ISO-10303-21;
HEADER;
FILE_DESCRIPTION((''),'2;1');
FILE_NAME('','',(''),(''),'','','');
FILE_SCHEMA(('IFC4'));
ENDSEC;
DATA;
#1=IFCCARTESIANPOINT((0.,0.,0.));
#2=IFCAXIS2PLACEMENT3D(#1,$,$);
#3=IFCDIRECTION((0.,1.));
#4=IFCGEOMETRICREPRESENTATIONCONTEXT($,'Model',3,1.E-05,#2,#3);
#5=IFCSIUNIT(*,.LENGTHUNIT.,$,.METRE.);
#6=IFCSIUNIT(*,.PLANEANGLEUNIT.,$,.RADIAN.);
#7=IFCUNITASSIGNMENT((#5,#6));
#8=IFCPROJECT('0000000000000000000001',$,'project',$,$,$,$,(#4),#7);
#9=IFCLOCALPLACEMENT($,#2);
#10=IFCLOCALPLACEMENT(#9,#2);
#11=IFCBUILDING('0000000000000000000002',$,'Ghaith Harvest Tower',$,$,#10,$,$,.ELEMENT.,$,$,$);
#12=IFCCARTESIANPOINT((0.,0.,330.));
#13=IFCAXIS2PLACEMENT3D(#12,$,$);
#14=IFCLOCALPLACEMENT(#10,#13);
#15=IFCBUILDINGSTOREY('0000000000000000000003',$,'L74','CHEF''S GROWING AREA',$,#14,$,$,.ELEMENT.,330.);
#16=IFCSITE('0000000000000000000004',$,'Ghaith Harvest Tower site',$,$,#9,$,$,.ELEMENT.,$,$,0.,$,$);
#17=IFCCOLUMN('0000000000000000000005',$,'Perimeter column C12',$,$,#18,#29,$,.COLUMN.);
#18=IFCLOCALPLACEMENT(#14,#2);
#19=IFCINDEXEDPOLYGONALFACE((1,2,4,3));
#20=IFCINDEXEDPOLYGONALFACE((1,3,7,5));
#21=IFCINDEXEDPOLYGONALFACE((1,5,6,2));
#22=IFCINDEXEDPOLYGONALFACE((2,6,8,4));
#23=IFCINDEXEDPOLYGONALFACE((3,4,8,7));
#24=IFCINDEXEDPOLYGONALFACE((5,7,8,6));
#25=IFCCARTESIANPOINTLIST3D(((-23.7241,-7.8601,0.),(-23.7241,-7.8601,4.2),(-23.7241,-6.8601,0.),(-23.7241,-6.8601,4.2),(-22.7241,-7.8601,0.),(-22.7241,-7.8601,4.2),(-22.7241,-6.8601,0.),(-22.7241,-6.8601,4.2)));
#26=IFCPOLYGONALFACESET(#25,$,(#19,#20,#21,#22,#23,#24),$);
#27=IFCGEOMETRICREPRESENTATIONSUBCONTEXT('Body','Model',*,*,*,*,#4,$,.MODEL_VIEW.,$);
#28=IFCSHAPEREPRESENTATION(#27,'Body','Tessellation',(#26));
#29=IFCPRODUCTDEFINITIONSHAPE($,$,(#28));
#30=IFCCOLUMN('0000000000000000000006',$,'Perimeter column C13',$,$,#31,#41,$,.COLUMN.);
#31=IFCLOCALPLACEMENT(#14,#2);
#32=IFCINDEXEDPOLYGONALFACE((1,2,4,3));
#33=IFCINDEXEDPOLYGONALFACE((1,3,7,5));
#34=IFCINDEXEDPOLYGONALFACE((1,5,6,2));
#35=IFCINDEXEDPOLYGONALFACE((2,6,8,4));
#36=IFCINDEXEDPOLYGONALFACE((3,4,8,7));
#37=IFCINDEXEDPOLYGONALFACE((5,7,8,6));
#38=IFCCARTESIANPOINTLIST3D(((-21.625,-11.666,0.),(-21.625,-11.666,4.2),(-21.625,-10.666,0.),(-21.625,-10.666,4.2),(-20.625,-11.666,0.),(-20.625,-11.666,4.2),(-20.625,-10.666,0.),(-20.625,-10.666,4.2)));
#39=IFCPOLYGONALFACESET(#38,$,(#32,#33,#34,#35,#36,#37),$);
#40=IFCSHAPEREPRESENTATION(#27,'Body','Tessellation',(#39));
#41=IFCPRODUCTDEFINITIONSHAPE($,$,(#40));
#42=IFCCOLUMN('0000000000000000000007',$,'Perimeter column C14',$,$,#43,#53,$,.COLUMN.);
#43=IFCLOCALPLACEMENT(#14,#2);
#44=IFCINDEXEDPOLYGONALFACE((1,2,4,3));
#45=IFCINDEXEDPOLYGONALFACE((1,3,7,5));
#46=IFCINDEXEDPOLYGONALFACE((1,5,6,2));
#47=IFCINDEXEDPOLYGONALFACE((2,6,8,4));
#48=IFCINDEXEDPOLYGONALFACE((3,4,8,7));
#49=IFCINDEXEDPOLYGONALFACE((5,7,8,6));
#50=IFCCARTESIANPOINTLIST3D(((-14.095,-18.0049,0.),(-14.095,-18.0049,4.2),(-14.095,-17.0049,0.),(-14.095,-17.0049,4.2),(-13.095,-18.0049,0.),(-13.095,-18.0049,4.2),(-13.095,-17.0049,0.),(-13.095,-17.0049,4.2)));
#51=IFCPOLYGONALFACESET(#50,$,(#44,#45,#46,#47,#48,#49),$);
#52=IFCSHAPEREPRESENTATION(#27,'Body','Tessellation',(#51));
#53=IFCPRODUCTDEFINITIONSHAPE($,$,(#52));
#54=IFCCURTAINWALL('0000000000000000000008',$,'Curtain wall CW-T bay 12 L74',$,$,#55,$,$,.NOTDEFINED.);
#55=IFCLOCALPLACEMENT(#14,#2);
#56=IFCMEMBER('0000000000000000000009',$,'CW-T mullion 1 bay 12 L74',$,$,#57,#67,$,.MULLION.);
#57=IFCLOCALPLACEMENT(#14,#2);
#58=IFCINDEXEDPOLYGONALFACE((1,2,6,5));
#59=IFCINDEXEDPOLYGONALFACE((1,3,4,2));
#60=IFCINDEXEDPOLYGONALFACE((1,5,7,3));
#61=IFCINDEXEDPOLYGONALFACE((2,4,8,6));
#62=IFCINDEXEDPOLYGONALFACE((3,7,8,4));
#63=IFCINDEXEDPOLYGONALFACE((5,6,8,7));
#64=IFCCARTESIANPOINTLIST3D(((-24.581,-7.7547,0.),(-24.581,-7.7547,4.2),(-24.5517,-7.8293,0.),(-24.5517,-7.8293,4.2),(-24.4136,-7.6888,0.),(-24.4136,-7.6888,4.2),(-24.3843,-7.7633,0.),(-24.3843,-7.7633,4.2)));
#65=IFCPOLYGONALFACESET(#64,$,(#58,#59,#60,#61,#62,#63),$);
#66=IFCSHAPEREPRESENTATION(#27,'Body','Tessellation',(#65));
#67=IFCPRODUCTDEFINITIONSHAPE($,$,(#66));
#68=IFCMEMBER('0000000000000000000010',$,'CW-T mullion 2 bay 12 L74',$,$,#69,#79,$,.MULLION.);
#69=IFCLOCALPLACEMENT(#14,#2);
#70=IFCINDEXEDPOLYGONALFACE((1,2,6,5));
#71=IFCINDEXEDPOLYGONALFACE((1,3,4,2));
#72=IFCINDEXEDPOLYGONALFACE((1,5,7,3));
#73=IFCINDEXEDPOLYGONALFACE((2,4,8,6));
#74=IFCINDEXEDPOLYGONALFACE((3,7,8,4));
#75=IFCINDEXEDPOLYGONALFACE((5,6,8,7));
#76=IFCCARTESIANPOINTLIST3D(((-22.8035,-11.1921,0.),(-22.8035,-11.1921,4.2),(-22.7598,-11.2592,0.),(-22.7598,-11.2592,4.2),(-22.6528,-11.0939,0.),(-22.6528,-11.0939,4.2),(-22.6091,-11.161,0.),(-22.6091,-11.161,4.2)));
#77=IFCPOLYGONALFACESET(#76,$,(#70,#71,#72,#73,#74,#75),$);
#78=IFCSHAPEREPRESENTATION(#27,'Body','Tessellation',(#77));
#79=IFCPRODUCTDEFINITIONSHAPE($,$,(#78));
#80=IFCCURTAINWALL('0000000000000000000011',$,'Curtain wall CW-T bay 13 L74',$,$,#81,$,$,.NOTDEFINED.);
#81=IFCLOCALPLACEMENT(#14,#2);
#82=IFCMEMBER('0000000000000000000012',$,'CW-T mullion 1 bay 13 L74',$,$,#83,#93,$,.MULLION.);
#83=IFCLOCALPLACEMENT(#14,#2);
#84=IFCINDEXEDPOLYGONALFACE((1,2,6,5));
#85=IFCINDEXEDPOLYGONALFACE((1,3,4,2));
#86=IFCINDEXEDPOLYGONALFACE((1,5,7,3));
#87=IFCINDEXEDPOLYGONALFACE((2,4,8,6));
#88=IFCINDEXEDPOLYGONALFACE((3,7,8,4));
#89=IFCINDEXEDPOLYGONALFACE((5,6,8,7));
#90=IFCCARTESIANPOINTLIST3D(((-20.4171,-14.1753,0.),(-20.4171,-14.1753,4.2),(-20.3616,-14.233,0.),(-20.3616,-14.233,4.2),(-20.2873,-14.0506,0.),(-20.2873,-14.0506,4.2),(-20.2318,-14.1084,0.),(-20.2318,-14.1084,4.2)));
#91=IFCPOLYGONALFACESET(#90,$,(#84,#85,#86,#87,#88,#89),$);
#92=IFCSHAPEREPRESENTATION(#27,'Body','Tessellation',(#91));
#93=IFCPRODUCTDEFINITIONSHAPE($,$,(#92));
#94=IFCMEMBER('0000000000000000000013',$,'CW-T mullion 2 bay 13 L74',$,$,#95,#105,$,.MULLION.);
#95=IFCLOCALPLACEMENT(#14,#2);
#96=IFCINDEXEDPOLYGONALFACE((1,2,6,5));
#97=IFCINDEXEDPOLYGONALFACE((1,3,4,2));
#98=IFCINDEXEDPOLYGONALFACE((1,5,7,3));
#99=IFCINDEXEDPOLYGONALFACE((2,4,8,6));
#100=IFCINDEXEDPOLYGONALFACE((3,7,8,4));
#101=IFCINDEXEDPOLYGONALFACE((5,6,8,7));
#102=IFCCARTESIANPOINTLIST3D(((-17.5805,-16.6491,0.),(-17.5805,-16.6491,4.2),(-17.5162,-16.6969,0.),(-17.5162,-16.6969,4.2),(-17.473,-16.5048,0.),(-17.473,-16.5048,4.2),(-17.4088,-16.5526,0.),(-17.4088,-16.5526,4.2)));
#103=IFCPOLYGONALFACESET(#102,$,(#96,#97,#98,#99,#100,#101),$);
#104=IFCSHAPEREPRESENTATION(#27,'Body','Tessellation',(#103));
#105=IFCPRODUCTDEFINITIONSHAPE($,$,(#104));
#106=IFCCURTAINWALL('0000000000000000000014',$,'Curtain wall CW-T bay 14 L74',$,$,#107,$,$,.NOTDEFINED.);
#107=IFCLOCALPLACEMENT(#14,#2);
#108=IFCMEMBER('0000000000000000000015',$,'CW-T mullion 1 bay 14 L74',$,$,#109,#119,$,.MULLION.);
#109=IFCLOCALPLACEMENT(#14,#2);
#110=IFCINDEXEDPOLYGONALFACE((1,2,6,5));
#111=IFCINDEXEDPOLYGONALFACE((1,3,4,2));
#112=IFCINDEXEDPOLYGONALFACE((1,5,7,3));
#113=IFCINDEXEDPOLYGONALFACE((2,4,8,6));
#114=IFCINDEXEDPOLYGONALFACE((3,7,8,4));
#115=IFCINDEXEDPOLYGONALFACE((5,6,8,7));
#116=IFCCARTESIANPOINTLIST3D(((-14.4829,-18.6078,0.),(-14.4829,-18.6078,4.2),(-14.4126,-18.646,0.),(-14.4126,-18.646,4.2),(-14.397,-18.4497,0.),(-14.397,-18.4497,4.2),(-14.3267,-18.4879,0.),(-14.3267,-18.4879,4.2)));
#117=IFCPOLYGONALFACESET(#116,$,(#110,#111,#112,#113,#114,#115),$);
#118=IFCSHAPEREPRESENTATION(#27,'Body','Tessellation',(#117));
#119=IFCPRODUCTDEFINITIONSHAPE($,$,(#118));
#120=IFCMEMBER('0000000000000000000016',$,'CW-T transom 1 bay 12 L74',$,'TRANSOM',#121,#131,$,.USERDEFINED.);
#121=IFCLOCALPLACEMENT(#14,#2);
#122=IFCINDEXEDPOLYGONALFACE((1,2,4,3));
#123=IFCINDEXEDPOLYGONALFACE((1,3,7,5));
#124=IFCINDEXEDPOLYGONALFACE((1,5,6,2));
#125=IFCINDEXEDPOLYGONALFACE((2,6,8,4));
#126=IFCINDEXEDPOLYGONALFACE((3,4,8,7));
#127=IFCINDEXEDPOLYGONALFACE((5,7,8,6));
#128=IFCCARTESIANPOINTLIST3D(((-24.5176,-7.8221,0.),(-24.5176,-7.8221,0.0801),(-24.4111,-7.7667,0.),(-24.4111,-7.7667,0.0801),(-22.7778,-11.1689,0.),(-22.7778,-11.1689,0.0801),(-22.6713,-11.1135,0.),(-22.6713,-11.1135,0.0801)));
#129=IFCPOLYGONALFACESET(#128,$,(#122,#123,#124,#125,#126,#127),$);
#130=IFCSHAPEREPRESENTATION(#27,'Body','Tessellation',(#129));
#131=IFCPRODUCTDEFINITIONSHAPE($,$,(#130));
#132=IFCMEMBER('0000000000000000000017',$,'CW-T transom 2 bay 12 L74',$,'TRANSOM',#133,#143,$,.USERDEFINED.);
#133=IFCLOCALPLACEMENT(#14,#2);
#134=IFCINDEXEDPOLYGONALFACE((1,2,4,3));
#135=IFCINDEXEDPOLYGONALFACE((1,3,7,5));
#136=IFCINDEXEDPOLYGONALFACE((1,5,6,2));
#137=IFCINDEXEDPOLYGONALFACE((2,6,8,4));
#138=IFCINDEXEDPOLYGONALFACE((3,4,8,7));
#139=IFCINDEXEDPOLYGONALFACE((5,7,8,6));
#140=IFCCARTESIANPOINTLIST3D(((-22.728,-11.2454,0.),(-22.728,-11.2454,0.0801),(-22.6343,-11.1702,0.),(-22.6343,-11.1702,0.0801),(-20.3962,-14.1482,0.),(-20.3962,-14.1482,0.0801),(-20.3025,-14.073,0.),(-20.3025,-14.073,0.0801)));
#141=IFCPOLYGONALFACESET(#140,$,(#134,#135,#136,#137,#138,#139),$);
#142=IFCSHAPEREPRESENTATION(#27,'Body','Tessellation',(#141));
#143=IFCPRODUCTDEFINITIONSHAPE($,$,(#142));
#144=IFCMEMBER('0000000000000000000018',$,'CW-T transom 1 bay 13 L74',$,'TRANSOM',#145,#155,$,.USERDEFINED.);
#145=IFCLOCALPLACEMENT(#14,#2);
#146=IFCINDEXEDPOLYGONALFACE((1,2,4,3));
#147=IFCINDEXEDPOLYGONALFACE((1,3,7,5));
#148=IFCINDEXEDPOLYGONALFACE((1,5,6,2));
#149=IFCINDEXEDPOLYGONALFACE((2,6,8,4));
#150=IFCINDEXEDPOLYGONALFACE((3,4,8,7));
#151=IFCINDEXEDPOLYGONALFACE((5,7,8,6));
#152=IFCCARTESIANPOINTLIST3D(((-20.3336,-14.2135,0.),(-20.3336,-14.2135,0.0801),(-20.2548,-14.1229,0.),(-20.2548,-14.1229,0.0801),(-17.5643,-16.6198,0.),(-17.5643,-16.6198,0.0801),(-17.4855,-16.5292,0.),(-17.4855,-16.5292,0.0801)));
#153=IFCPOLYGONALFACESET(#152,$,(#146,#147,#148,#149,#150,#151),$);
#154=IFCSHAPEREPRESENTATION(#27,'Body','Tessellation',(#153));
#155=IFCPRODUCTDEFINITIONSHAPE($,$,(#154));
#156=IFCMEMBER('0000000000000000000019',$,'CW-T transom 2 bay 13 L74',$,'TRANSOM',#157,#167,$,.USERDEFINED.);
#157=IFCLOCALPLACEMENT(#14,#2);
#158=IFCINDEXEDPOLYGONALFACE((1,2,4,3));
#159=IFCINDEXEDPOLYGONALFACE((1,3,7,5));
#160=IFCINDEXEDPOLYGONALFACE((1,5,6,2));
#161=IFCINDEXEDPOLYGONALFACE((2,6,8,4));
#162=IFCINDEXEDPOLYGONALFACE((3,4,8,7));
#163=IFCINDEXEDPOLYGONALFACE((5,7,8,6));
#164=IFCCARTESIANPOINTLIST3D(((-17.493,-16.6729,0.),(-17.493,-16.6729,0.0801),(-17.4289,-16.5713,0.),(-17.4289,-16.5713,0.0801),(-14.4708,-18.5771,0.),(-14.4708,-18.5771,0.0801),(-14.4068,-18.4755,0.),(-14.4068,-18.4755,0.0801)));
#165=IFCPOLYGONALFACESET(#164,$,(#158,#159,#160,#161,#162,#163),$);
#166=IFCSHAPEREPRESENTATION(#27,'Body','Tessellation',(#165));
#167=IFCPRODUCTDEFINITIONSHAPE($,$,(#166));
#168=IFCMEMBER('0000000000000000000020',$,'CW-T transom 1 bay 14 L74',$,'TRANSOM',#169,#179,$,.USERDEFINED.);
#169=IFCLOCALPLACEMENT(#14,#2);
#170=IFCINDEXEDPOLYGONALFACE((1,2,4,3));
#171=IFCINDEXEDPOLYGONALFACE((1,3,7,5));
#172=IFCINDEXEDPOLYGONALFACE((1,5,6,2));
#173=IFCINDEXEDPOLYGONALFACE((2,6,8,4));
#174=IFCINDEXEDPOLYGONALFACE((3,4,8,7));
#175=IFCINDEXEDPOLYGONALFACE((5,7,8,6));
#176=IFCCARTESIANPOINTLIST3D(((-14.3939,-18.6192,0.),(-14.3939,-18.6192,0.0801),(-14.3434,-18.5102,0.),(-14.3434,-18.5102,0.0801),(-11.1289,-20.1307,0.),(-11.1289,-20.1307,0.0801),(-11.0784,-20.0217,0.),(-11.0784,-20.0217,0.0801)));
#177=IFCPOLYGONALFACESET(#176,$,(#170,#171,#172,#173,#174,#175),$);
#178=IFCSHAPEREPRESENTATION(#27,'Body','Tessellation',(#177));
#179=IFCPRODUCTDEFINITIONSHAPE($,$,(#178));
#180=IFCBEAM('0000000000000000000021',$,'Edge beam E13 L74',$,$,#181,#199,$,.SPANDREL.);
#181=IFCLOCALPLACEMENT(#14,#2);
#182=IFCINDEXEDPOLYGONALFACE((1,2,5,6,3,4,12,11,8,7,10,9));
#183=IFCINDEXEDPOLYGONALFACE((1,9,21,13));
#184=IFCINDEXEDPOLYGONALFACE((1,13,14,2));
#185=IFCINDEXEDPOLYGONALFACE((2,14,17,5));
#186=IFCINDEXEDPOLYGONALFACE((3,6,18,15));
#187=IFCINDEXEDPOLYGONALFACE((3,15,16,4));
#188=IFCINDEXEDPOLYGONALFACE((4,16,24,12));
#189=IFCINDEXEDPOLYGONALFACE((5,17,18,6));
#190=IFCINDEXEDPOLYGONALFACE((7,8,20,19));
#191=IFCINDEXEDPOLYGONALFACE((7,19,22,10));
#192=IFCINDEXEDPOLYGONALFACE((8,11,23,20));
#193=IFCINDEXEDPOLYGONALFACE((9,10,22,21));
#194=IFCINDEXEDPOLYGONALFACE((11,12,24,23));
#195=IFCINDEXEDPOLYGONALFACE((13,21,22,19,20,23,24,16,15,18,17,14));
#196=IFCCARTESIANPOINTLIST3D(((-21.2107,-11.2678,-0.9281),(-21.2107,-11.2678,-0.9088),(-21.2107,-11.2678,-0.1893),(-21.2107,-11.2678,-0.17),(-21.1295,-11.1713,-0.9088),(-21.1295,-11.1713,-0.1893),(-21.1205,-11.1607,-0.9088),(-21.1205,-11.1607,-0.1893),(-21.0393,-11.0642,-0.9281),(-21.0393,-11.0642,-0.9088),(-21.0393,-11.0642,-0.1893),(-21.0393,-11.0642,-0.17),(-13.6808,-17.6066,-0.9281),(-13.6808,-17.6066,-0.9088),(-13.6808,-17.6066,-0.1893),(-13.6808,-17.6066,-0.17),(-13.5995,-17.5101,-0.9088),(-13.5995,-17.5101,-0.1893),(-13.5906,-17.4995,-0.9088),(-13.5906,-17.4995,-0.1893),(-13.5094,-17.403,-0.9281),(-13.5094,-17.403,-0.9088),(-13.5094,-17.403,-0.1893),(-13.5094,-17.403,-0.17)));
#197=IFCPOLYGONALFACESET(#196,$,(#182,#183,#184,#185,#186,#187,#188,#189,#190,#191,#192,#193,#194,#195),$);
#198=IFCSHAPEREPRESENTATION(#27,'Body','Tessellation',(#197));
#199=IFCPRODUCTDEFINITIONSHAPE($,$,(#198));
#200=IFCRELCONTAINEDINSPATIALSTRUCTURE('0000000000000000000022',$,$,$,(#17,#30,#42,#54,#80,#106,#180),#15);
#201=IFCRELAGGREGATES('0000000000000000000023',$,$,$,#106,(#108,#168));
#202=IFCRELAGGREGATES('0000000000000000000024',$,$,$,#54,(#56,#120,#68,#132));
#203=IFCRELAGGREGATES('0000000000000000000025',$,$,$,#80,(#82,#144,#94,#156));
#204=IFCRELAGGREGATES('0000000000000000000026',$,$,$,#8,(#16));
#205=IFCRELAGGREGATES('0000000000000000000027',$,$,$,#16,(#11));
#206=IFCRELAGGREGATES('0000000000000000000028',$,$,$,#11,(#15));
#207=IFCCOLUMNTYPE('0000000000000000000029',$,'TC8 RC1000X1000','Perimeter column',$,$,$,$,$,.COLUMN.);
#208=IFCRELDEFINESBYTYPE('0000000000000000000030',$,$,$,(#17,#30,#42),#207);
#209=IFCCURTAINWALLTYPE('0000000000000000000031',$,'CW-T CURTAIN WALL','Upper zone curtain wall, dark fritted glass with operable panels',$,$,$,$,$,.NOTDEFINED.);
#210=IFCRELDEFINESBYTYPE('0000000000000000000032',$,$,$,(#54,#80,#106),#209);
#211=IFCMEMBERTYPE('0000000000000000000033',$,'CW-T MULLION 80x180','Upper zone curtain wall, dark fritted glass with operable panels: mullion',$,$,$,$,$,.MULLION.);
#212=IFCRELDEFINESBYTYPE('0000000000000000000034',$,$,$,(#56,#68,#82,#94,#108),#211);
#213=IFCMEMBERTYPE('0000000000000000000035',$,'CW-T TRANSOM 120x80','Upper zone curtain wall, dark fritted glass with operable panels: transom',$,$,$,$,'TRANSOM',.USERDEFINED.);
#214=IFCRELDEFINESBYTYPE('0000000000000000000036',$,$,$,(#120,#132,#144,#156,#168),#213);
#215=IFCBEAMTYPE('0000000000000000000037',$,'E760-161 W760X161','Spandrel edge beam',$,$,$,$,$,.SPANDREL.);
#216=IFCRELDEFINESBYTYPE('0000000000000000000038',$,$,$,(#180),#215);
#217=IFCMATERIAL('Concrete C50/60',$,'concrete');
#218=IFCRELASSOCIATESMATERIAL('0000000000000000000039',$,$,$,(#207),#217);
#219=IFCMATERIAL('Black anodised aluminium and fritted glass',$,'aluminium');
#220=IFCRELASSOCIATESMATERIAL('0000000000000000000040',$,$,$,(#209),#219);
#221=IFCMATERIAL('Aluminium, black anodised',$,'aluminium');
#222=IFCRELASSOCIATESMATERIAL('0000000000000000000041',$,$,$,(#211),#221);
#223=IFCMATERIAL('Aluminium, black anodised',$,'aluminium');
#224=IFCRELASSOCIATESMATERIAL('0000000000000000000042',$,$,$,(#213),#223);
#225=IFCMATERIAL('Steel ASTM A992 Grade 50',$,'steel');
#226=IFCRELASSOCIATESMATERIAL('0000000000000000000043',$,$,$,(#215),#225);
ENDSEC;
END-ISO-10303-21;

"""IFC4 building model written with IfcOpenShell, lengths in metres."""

from ifc_helpers import new_model, si_unit, direction, frame, origin, origin_2d, place, context, subcontext, project, spatial, rectangle, i_section, extrude, material, material_profile, profile_set, type_object, element, aggregate, save


model = new_model("IFC4")

# Units and contexts
model_context = context("Model", 3, precision=1e-05, world=origin(), true_north=direction((0.0, 1.0)))
body_context = subcontext(model_context, "Body", "Model", "MODEL_VIEW")
ifc_project = project(units=[si_unit("LENGTHUNIT", "METRE"), si_unit("PLANEANGLEUNIT", "RADIAN")], contexts=[model_context])

# Site, building, storey
site_placement = place(None, origin())
site = spatial("IfcSite", under=ifc_project, at=site_placement, Name="Ghaith Harvest Tower site", CompositionType="ELEMENT", RefElevation=0.0)
building_placement = place(site_placement, origin())
building = spatial("IfcBuilding", under=site, at=building_placement, Name="Ghaith Harvest Tower", CompositionType="ELEMENT")
storey_placement = place(building_placement, frame((0.0, 0.0, 330.0)))
storey = spatial("IfcBuildingStorey", under=building, at=storey_placement, Name="L74", Description="CHEF'S GROWING AREA", CompositionType="ELEMENT", Elevation=330.0)

# Columns
ifc_material_1 = material(Name="Concrete C50/60", Category="concrete")
ifc_material_profile_1 = material_profile(ifc_material_1, rectangle(XDim=1.0, YDim=1.0, at=origin_2d()), Name="RC1000X1000")
ifc_profile_set_1 = profile_set([ifc_material_profile_1], Name="Concrete C50/60")
column_type = type_object("IfcColumnType", Name="TC8 RC1000X1000", Description="Perimeter column", PredefinedType="COLUMN", material=ifc_profile_set_1)
for number, where, z_axis, x_axis, name in (
    (1, (-23.2241, -7.3601, 0.0), (0.0, 0.0, 1.0), (1.0, 0.0, 0.0), "Perimeter column C12"),
    (2, (-21.125, -11.166, 0.0), (0.0, 0.0, 1.0), (1.0, 0.0, 0.0), "Perimeter column C13"),
    (3, (-13.595, -17.5049, 0.0), (0.0, 0.0, 1.0), (1.0, 0.0, 0.0), "Perimeter column C14"),
):
    element("IfcColumn", number, at=place(storey_placement, frame(where, z_axis=z_axis, x_axis=x_axis)), inside=storey, type_object=column_type, Name=name, PredefinedType="COLUMN", context=body_context, shape_type="SweptSolid", body=[
        extrude(rectangle(XDim=1.0, YDim=1.0, at=origin_2d()), origin(), (0.0, 0.0, 1.0), 4.2),
    ])

# Curtain walls, members
ifc_material_2 = material(Name="Black anodised aluminium and fritted glass", Category="aluminium")
curtain_wall_type = type_object("IfcCurtainWallType", Name="CW-T CURTAIN WALL", Description="Upper zone curtain wall, dark fritted glass with operable panels", PredefinedType="NOTDEFINED", material=ifc_material_2)
curtain_wall_1_placement = place(storey_placement, origin())
curtain_wall_1 = element("IfcCurtainWall", 4, at=curtain_wall_1_placement, inside=storey, type_object=curtain_wall_type, Name="Curtain wall CW-T bay 12 L74", PredefinedType="NOTDEFINED")
ifc_material_3 = material(Name="Aluminium, black anodised", Category="aluminium")
ifc_material_profile_2 = material_profile(ifc_material_3, rectangle(XDim=0.0801, YDim=0.1799, at=origin_2d()), Name="CW-T MULLION 80x180")
ifc_profile_set_2 = profile_set([ifc_material_profile_2], Name="Aluminium, black anodised")
member_type_1 = type_object("IfcMemberType", Name="CW-T MULLION 80x180", Description="Upper zone curtain wall, dark fritted glass with operable panels: mullion", PredefinedType="MULLION", material=ifc_profile_set_2)
member_1_placement = place(storey_placement, frame((-24.4827, -7.759, 0.0), z_axis=(0.0, 0.0, 1.0), x_axis=(0.366473, -0.930429, 0.0)))
member_1 = element("IfcMember", 5, at=member_1_placement, type_object=member_type_1, Name="CW-T mullion 1 bay 12 L74", PredefinedType="MULLION", context=body_context, shape_type="SweptSolid", body=[
    extrude(rectangle(XDim=0.0801, YDim=0.1799, at=origin_2d()), origin(), (0.0, 0.0, 1.0), 4.2),
])
member_2_placement = place(storey_placement, frame((-22.7063, -11.1765, 0.0), z_axis=(0.0, 0.0, 1.0), x_axis=(0.545865, -0.837873, 0.0)))
member_2 = element("IfcMember", 6, at=member_2_placement, type_object=member_type_1, Name="CW-T mullion 2 bay 12 L74", PredefinedType="MULLION", context=body_context, shape_type="SweptSolid", body=[
    extrude(rectangle(XDim=0.0801, YDim=0.1799, at=origin_2d()), origin(), (0.0, 0.0, 1.0), 4.2),
])
curtain_wall_2_placement = place(storey_placement, origin())
curtain_wall_2 = element("IfcCurtainWall", 7, at=curtain_wall_2_placement, inside=storey, type_object=curtain_wall_type, Name="Curtain wall CW-T bay 13 L74", PredefinedType="NOTDEFINED")
member_3_placement = place(storey_placement, frame((-20.3245, -14.1418, 0.0), z_axis=(0.0, 0.0, 1.0), x_axis=(0.692826, -0.721104, 0.0)))
member_3 = element("IfcMember", 8, at=member_3_placement, type_object=member_type_1, Name="CW-T mullion 1 bay 13 L74", PredefinedType="MULLION", context=body_context, shape_type="SweptSolid", body=[
    extrude(rectangle(XDim=0.0801, YDim=0.1799, at=origin_2d()), origin(), (0.0, 0.0, 1.0), 4.2),
])
member_4_placement = place(storey_placement, frame((-17.4946, -16.6008, 0.0), z_axis=(0.0, 0.0, 1.0), x_axis=(0.80219, -0.597069, 0.0)))
member_4 = element("IfcMember", 9, at=member_4_placement, type_object=member_type_1, Name="CW-T mullion 2 bay 13 L74", PredefinedType="MULLION", context=body_context, shape_type="SweptSolid", body=[
    extrude(rectangle(XDim=0.0801, YDim=0.1799, at=origin_2d()), origin(), (0.0, 0.0, 1.0), 4.2),
])

# Curtain wall, member
curtain_wall_3_placement = place(storey_placement, origin())
curtain_wall_3 = element("IfcCurtainWall", 10, at=curtain_wall_3_placement, inside=storey, type_object=curtain_wall_type, Name="Curtain wall CW-T bay 14 L74", PredefinedType="NOTDEFINED")
member_5_placement = place(storey_placement, frame((-14.4048, -18.5479, 0.0), z_axis=(0.0, 0.0, 1.0), x_axis=(0.878672, -0.477426, 0.0)))
member_5 = element("IfcMember", 11, at=member_5_placement, type_object=member_type_1, Name="CW-T mullion 1 bay 14 L74", PredefinedType="MULLION", context=body_context, shape_type="SweptSolid", body=[
    extrude(rectangle(XDim=0.0801, YDim=0.1799, at=origin_2d()), origin(), (0.0, 0.0, 1.0), 4.2),
])

# Members
ifc_material_4 = material(Name="Aluminium, black anodised", Category="aluminium")
ifc_material_profile_3 = material_profile(ifc_material_4, rectangle(XDim=0.1201, YDim=0.0801, at=origin_2d()), Name="CW-T TRANSOM 120x80")
ifc_profile_set_3 = profile_set([ifc_material_profile_3], Name="Aluminium, black anodised")
member_type_2 = type_object("IfcMemberType", Name="CW-T TRANSOM 120x80", Description="Upper zone curtain wall, dark fritted glass with operable panels: transom", ElementType="TRANSOM", PredefinedType="USERDEFINED", material=ifc_profile_set_3)
member_6_placement = place(storey_placement, frame((-24.4644, -7.7944, 0.04), z_axis=(0.461243, -0.887274, 0.0), x_axis=(0.887274, 0.461243, 0.0)))
member_6 = element("IfcMember", 12, at=member_6_placement, type_object=member_type_2, Name="CW-T transom 1 bay 12 L74", ObjectType="TRANSOM", PredefinedType="USERDEFINED", context=body_context, shape_type="SweptSolid", body=[
    extrude(rectangle(XDim=0.1201, YDim=0.0801, at=origin_2d()), origin(), (0.0, 0.0, 1.0), 3.772),
])
member_7_placement = place(storey_placement, frame((-22.6812, -11.2078, 0.04), z_axis=(0.626253, -0.77962, 0.0), x_axis=(0.77962, 0.626253, 0.0)))
member_7 = element("IfcMember", 13, at=member_7_placement, type_object=member_type_2, Name="CW-T transom 2 bay 12 L74", ObjectType="TRANSOM", PredefinedType="USERDEFINED", context=body_context, shape_type="SweptSolid", body=[
    extrude(rectangle(XDim=0.1201, YDim=0.0801, at=origin_2d()), origin(), (0.0, 0.0, 1.0), 3.7234),
])
member_8_placement = place(storey_placement, frame((-20.2942, -14.1682, 0.04), z_axis=(0.754852, -0.655895, 0.0), x_axis=(0.655895, 0.754852, 0.0)))
member_8 = element("IfcMember", 14, at=member_8_placement, type_object=member_type_2, Name="CW-T transom 1 bay 13 L74", ObjectType="TRANSOM", PredefinedType="USERDEFINED", context=body_context, shape_type="SweptSolid", body=[
    extrude(rectangle(XDim=0.1201, YDim=0.0801, at=origin_2d()), origin(), (0.0, 0.0, 1.0), 3.6687),
])
member_9_placement = place(storey_placement, frame((-17.4609, -16.6221, 0.04), z_axis=(0.846054, -0.533098, 0.0), x_axis=(0.533098, 0.846054, 0.0)))
member_9 = element("IfcMember", 15, at=member_9_placement, type_object=member_type_2, Name="CW-T transom 2 bay 13 L74", ObjectType="TRANSOM", PredefinedType="USERDEFINED", context=body_context, shape_type="SweptSolid", body=[
    extrude(rectangle(XDim=0.1201, YDim=0.0801, at=origin_2d()), origin(), (0.0, 0.0, 1.0), 3.572),
])
member_10_placement = place(storey_placement, frame((-14.3687, -18.5647, 0.04), z_axis=(0.907472, -0.420112, 0.0), x_axis=(0.420112, 0.907472, 0.0)))
member_10 = element("IfcMember", 16, at=member_10_placement, type_object=member_type_2, Name="CW-T transom 1 bay 14 L74", ObjectType="TRANSOM", PredefinedType="USERDEFINED", context=body_context, shape_type="SweptSolid", body=[
    extrude(rectangle(XDim=0.1201, YDim=0.0801, at=origin_2d()), origin(), (0.0, 0.0, 1.0), 3.5979),
])
aggregate(curtain_wall_3, [member_5, member_10])

# Beam
ifc_material_5 = material(Name="Steel ASTM A992 Grade 50", Category="steel")
ifc_material_profile_4 = material_profile(ifc_material_5, i_section(OverallWidth=0.2661, OverallDepth=0.7581, WebThickness=0.0139, FlangeThickness=0.0193, at=origin_2d()), Name="W760X161")
ifc_profile_set_4 = profile_set([ifc_material_profile_4], Name="Steel ASTM A992 Grade 50")
beam_type = type_object("IfcBeamType", Name="E760-161 W760X161", Description="Spandrel edge beam", PredefinedType="SPANDREL", material=ifc_profile_set_4)
beam_1_placement = place(storey_placement, frame((-21.125, -11.166, -0.5491), z_axis=(0.765022, -0.644004, 0.0), x_axis=(0.644004, 0.765022, 0.0)))
element("IfcBeam", 17, at=beam_1_placement, inside=storey, type_object=beam_type, Name="Edge beam E13 L74", PredefinedType="SPANDREL", context=body_context, shape_type="SweptSolid", body=[
    extrude(i_section(OverallWidth=0.2661, OverallDepth=0.7581, WebThickness=0.0139, FlangeThickness=0.0193, at=origin_2d()), origin(), (0.0, 0.0, 1.0), 9.8428),
])

aggregate(curtain_wall_1, [member_1, member_6, member_2, member_7])
aggregate(curtain_wall_2, [member_3, member_8, member_4, member_9])

save(model, "model.ifc")
